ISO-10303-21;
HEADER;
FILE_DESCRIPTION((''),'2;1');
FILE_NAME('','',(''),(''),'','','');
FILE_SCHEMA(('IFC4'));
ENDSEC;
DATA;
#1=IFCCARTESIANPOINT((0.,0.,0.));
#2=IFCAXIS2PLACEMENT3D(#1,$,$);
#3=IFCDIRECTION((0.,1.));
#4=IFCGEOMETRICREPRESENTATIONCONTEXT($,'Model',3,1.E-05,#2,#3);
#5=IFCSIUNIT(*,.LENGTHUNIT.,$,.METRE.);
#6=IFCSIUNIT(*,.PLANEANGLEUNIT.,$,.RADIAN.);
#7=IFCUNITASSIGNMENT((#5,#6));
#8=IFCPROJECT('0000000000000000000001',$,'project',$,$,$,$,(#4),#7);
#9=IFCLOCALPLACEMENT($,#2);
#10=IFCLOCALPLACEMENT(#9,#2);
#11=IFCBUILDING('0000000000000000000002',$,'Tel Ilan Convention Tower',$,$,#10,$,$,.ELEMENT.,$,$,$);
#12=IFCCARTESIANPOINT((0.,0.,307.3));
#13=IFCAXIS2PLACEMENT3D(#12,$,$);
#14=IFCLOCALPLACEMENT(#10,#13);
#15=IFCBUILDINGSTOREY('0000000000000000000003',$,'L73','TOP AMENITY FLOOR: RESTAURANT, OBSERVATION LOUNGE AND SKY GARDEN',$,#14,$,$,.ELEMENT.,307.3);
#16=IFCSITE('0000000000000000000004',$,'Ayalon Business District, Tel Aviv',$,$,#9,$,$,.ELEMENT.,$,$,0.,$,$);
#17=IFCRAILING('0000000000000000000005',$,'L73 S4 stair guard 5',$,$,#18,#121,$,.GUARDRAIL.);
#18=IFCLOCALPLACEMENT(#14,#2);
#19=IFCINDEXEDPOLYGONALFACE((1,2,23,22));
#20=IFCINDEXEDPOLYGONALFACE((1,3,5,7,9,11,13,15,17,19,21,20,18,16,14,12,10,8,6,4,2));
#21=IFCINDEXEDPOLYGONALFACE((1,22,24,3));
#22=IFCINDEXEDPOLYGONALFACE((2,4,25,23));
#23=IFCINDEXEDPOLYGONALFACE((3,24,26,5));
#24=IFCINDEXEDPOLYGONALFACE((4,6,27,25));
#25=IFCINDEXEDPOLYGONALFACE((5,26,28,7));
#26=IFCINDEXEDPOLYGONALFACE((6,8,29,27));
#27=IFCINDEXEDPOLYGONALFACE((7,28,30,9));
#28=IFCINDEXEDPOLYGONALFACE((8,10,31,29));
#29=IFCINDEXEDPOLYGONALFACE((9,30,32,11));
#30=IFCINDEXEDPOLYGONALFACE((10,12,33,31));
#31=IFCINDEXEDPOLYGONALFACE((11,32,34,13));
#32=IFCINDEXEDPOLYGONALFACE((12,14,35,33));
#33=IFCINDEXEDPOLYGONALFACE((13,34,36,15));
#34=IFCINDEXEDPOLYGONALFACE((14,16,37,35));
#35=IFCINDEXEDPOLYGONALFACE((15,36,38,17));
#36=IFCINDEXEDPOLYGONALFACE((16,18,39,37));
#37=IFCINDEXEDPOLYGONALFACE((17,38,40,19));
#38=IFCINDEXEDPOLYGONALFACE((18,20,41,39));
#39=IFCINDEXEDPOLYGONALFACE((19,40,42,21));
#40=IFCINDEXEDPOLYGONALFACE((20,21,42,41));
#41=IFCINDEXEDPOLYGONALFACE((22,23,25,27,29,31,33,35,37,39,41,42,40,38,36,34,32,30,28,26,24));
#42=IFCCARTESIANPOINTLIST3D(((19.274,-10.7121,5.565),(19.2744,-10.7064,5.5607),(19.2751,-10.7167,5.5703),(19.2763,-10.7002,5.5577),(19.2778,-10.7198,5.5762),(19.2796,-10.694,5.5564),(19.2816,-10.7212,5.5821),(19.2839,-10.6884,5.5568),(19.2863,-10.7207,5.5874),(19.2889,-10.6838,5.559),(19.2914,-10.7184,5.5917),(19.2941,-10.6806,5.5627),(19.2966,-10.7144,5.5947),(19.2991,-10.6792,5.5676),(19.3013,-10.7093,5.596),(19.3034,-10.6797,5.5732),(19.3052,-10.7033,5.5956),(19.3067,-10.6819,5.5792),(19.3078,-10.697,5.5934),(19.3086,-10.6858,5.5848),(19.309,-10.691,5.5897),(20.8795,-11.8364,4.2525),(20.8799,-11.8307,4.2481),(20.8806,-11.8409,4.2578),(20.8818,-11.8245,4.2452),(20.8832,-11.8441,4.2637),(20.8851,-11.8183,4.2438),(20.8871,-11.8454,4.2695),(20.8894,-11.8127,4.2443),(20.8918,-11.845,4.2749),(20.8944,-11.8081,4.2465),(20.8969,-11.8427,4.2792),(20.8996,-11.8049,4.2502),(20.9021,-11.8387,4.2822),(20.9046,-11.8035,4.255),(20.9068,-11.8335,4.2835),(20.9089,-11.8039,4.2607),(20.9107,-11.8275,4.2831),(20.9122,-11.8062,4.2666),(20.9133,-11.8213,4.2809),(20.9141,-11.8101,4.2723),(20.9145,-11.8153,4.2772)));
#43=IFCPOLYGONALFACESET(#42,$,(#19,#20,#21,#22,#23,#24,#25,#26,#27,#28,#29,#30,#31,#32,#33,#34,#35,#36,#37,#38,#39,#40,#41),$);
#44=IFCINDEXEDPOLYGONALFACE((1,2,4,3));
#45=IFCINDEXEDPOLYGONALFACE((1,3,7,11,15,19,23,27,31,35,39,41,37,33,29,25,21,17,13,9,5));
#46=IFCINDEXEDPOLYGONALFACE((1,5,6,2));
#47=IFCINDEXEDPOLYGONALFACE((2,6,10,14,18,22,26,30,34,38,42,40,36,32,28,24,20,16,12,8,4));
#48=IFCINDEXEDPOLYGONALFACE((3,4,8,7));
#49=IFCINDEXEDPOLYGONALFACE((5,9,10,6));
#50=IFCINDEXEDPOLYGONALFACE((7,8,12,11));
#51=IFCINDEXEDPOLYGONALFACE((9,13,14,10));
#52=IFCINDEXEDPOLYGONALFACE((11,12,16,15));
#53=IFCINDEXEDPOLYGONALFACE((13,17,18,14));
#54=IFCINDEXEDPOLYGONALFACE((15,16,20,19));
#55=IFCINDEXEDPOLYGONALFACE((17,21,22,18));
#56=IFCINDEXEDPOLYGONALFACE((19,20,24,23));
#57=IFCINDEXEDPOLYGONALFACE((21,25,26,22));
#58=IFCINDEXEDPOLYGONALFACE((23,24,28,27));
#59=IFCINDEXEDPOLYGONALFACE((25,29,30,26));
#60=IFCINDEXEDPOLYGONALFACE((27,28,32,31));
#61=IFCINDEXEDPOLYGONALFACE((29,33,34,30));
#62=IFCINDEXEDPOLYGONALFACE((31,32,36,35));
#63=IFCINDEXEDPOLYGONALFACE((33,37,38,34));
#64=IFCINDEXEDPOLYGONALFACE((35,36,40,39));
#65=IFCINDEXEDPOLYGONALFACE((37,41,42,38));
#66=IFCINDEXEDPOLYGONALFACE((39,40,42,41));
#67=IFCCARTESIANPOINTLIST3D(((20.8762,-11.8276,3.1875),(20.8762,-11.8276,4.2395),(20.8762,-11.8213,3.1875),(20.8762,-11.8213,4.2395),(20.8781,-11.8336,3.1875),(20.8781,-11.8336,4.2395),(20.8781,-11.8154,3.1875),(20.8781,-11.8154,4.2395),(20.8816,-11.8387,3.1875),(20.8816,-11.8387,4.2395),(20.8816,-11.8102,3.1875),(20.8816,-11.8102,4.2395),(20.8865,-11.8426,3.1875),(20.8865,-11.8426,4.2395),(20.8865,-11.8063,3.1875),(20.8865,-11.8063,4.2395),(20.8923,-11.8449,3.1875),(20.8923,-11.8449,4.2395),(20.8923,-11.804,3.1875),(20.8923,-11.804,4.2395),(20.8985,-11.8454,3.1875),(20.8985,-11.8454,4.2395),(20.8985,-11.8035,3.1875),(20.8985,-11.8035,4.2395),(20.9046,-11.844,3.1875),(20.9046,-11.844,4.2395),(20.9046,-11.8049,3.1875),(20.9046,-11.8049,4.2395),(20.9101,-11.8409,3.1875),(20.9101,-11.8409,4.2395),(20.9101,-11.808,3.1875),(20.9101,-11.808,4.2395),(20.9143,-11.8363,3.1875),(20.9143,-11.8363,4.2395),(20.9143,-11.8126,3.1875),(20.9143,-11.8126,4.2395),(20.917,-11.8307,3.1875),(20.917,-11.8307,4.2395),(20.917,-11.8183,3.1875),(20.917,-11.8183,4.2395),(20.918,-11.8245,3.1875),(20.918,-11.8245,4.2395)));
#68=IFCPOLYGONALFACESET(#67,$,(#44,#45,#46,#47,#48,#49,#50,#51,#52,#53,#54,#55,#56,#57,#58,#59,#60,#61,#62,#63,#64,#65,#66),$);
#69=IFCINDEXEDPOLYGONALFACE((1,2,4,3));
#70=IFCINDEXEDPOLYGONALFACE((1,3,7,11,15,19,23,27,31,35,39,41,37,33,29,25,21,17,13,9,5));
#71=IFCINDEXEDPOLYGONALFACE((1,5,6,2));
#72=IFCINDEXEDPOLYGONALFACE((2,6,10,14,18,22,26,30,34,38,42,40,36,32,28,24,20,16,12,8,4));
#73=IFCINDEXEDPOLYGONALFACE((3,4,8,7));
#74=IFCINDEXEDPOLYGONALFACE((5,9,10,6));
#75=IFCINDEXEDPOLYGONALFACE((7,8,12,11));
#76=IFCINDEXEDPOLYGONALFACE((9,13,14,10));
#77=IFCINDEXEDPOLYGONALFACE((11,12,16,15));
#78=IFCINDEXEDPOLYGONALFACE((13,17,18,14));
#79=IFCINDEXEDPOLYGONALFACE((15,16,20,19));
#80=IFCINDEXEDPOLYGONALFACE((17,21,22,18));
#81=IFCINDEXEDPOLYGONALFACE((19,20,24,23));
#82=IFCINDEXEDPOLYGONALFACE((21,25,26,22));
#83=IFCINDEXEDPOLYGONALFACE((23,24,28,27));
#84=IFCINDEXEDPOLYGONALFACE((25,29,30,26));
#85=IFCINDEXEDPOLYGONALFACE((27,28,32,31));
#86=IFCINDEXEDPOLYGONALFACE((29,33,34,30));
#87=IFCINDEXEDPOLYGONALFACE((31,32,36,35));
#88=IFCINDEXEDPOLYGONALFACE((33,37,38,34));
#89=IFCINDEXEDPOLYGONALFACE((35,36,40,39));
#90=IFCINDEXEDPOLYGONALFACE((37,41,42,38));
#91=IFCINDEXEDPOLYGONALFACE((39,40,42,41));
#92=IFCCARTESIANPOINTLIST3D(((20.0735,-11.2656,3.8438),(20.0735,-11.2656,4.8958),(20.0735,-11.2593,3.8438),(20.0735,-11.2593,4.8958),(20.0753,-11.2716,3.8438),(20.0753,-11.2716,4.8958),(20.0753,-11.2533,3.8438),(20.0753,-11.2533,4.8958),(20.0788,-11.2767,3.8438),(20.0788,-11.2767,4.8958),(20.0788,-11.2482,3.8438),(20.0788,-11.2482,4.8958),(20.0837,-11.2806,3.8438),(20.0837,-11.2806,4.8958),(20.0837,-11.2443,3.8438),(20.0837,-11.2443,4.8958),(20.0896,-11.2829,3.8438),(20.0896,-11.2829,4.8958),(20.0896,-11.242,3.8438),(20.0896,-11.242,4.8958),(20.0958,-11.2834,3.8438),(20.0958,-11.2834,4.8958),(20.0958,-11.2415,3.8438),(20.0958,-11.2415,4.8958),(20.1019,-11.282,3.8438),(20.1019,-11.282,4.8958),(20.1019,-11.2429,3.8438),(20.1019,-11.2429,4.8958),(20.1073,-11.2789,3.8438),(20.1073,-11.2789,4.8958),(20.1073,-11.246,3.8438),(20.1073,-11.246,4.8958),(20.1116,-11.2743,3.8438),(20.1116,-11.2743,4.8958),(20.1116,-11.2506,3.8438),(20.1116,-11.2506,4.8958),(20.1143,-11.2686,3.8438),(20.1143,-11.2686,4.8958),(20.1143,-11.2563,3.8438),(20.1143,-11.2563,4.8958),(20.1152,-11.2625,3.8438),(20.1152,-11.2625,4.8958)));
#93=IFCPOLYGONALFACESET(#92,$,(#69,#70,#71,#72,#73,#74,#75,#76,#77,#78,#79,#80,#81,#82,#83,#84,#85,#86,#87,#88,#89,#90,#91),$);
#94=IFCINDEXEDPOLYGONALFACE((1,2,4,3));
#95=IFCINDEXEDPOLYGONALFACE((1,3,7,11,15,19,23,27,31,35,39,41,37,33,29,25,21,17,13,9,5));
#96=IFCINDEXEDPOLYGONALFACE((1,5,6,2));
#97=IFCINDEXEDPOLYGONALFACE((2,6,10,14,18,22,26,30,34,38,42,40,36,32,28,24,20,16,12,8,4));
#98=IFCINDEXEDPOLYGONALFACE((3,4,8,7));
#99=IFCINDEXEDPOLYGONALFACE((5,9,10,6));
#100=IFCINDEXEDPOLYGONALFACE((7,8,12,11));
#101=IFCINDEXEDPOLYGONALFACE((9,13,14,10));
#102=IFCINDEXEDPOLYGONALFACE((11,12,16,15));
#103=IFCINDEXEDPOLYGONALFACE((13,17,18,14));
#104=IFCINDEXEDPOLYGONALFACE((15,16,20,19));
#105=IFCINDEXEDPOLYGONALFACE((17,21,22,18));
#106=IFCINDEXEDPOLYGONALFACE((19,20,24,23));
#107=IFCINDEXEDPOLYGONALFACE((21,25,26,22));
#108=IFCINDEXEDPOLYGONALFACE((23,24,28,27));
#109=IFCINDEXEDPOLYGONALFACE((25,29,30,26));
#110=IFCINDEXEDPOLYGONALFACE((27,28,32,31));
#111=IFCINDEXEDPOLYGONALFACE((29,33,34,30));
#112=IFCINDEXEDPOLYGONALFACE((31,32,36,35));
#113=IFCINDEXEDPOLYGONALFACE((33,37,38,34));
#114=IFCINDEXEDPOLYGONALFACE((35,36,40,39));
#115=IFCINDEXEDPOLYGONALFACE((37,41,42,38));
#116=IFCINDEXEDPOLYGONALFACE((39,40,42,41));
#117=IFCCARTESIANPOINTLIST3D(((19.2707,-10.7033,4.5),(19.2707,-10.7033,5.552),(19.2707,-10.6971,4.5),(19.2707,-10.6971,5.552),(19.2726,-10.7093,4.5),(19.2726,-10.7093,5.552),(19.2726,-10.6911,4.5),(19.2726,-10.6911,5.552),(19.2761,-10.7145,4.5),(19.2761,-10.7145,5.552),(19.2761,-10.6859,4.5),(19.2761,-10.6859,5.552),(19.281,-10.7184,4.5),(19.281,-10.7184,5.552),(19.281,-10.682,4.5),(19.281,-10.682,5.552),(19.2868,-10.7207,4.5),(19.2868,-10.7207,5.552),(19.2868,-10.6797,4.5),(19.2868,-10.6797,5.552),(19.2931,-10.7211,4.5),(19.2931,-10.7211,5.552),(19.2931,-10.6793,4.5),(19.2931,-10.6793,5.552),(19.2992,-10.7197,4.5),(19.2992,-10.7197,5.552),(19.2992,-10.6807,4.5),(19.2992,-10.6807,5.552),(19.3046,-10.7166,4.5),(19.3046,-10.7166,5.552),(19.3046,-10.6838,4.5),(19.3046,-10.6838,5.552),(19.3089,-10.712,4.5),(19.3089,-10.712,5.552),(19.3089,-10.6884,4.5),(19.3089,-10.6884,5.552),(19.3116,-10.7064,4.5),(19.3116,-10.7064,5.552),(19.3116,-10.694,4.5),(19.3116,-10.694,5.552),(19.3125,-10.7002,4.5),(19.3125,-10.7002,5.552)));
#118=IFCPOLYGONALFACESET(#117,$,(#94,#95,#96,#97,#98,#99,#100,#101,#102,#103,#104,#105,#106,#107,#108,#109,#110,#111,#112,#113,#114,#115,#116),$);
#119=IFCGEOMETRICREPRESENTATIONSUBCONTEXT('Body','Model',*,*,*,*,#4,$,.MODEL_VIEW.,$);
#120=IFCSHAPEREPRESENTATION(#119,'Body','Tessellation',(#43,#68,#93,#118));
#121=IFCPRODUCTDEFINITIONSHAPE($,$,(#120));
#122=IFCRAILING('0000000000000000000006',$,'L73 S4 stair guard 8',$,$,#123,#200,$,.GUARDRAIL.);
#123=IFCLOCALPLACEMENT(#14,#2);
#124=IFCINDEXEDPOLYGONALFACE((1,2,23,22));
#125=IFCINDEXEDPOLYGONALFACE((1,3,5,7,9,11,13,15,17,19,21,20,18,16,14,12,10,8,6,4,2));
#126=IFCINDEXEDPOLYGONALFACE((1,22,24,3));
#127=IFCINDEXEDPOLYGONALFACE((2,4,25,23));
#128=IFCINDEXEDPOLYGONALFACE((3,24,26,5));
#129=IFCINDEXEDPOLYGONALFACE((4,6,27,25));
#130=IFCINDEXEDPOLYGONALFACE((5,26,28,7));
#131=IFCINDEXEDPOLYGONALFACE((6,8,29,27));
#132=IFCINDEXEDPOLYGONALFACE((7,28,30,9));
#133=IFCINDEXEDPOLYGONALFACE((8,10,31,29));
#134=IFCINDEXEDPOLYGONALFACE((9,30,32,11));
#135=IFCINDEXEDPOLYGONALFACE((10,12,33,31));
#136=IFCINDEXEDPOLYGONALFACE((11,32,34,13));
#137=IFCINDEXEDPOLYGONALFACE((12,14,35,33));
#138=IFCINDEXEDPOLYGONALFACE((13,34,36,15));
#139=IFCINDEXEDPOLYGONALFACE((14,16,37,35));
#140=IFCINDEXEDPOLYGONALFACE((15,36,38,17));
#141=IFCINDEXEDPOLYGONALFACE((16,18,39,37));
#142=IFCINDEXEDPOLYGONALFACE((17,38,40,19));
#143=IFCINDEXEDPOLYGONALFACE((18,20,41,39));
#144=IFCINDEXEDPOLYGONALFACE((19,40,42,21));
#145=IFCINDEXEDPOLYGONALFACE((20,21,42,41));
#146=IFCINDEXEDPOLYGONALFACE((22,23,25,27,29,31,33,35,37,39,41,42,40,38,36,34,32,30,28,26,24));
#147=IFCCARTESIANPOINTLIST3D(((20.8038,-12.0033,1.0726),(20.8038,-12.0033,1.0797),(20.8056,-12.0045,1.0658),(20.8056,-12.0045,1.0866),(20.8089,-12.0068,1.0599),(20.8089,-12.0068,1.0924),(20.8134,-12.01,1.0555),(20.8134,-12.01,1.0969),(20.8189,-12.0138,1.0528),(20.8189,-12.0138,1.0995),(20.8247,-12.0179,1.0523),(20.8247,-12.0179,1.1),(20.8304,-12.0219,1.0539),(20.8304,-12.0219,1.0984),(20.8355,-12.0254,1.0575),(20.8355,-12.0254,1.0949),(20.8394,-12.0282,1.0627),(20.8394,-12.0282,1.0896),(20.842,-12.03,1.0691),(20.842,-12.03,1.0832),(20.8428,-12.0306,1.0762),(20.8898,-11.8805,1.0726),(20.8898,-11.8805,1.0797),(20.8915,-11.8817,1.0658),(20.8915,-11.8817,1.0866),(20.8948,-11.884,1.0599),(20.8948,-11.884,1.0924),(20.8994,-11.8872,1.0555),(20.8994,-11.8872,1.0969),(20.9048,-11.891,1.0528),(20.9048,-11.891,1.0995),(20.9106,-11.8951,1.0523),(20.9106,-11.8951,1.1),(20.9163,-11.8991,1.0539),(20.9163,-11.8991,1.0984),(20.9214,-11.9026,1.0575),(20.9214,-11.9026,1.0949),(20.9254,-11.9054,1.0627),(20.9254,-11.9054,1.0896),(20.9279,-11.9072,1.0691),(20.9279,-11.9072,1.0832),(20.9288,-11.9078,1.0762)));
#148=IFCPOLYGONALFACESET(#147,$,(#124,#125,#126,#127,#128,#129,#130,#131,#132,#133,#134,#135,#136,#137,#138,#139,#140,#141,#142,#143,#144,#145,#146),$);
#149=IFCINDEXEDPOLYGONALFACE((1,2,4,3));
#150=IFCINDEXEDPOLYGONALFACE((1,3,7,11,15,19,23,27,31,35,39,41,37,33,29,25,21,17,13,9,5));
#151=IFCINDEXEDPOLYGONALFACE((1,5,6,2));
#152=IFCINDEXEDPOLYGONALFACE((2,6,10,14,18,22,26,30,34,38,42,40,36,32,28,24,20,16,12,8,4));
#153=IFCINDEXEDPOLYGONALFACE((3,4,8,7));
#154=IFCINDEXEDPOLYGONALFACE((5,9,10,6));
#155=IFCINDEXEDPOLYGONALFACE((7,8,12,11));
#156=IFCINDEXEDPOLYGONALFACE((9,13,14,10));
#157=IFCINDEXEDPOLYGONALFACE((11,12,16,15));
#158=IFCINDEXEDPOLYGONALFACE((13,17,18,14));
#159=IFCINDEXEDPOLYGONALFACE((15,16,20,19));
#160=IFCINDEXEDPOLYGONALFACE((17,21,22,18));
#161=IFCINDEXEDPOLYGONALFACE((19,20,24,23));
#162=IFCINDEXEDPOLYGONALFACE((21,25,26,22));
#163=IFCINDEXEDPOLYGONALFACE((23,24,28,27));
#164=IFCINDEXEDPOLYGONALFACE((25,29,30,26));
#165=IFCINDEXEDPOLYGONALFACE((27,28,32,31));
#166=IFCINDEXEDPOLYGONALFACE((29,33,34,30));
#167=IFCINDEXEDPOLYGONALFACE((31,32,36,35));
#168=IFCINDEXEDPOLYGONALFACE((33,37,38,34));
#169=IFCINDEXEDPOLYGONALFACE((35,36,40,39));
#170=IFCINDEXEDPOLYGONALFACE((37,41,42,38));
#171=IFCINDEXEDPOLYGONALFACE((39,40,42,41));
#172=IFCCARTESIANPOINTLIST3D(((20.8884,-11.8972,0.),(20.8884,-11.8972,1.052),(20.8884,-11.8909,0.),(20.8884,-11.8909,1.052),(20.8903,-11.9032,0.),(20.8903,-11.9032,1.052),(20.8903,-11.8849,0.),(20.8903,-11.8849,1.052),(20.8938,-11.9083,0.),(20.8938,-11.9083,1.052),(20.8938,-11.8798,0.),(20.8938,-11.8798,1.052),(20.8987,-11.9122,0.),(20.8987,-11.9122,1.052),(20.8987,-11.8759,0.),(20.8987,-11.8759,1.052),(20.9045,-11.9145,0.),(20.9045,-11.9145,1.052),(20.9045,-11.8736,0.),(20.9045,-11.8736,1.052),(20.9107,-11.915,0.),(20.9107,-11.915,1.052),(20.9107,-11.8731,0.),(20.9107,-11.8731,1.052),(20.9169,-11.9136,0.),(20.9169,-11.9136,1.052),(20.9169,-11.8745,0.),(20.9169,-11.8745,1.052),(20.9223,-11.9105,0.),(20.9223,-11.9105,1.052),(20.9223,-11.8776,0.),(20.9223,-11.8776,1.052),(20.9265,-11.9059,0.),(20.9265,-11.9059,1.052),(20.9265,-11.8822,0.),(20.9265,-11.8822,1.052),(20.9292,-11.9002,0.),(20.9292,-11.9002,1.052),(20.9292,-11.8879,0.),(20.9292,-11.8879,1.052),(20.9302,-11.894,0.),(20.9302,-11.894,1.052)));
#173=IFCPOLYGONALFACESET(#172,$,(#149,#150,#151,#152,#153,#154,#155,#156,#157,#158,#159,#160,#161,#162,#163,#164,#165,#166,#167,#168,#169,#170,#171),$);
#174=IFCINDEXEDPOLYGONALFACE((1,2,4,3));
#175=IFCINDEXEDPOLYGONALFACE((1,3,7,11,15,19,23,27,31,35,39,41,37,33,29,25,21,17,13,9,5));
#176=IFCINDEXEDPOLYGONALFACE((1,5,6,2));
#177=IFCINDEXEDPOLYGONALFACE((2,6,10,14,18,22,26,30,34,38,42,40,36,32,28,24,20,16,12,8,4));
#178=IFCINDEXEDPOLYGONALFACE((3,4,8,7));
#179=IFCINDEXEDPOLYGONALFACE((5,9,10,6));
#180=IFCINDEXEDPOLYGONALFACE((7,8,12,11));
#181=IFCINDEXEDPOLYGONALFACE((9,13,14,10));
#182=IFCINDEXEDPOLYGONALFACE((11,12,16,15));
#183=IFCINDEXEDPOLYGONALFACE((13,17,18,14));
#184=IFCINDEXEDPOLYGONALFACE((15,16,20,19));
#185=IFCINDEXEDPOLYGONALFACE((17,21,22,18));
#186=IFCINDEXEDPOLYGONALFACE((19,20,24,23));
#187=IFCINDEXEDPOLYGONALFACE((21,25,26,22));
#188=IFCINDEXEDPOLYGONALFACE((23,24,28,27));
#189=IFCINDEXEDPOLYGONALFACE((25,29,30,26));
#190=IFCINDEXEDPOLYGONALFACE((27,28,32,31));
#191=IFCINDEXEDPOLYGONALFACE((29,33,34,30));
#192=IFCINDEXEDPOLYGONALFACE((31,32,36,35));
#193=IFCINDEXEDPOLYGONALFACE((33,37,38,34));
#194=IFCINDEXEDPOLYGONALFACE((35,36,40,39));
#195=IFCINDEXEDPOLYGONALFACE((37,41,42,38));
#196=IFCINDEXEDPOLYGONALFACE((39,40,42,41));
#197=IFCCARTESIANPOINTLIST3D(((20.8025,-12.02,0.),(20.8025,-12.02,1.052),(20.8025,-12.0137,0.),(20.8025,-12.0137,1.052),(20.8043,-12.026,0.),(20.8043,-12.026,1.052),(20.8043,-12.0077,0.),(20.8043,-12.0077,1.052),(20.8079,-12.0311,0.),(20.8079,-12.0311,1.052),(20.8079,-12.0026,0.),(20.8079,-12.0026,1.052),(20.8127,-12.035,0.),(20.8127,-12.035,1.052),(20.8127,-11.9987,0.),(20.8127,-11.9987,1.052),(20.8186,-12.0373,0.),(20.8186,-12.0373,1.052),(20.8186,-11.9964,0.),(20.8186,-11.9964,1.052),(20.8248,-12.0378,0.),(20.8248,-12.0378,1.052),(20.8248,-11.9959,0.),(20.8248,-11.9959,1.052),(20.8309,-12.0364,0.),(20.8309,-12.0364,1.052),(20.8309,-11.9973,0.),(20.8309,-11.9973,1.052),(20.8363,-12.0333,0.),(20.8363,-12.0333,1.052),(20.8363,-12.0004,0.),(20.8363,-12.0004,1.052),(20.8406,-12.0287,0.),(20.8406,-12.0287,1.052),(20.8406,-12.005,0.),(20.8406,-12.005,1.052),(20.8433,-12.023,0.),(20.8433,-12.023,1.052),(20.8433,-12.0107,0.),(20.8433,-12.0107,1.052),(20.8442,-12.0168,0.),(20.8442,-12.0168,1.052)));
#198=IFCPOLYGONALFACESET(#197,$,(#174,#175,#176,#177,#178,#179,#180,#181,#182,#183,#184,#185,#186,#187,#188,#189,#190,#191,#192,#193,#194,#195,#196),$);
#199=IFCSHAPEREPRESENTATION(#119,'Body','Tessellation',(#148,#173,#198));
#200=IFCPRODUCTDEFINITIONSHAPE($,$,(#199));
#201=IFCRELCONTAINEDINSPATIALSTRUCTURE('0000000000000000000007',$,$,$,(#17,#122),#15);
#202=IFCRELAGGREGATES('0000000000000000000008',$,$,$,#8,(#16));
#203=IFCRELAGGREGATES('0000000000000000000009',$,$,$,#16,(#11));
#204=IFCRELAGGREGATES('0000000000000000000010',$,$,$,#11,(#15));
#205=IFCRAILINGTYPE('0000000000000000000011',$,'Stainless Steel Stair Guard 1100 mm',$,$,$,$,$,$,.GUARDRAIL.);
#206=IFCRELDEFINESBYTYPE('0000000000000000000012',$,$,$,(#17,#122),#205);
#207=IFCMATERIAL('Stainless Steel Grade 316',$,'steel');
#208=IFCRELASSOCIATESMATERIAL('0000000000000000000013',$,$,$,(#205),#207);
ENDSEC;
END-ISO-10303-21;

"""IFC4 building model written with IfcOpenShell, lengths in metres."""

from ifc_helpers import new_model, si_unit, direction, frame, origin, origin_2d, place, context, subcontext, project, spatial, circle, extrude, material, type_object, element, save


model = new_model("IFC4")

# Units and contexts
model_context = context("Model", 3, precision=1e-05, world=origin(), true_north=direction((0.0, 1.0)))
body_context = subcontext(model_context, "Body", "Model", "MODEL_VIEW")
ifc_project = project(units=[si_unit("LENGTHUNIT", "METRE"), si_unit("PLANEANGLEUNIT", "RADIAN")], contexts=[model_context])

# Site, building, storey
site_placement = place(None, origin())
site = spatial("IfcSite", under=ifc_project, at=site_placement, Name="Ayalon Business District, Tel Aviv", CompositionType="ELEMENT", RefElevation=0.0)
building_placement = place(site_placement, origin())
building = spatial("IfcBuilding", under=site, at=building_placement, Name="Tel Ilan Convention Tower", CompositionType="ELEMENT")
storey_placement = place(building_placement, frame((0.0, 0.0, 307.3)))
storey = spatial("IfcBuildingStorey", under=building, at=storey_placement, Name="L73", Description="TOP AMENITY FLOOR: RESTAURANT, OBSERVATION LOUNGE AND SKY GARDEN", CompositionType="ELEMENT", Elevation=307.3)

# Railings
ifc_material_1 = material(Name="Stainless Steel Grade 316", Category="steel")
railing_type = type_object("IfcRailingType", Name="Stainless Steel Stair Guard 1100 mm", PredefinedType="GUARDRAIL", material=ifc_material_1)
railing_1_placement = place(storey_placement, frame((20.897, -11.8245, 3.1875)))
element("IfcRailing", 1, at=railing_1_placement, inside=storey, type_object=railing_type, Name="L73 S4 stair guard 5", PredefinedType="GUARDRAIL", context=body_context, shape_type="SweptSolid", body=[
    extrude(circle(Radius=0.0239, at=origin_2d()), frame((0.0, 0.0, 1.0762), z_axis=(-0.680616, 0.476617, 0.556416), x_axis=(-0.573613, -0.819127, 0.0)), (0.0, 0.0, 1.0), 2.3589),
    extrude(circle(Radius=0.021, at=origin_2d()), origin(), (0.0, 0.0, 1.0), 1.052),
    extrude(circle(Radius=0.021, at=origin_2d()), frame((-0.8027, 0.562, 0.6562)), (0.0, 0.0, 1.0), 1.052),
    extrude(circle(Radius=0.021, at=origin_2d()), frame((-1.6055, 1.1243, 1.3125)), (0.0, 0.0, 1.0), 1.052),
])
railing_2_placement = place(storey_placement, frame((20.9092, -11.894, 0.0)))
element("IfcRailing", 2, at=railing_2_placement, inside=storey, type_object=railing_type, Name="L73 S4 stair guard 8", PredefinedType="GUARDRAIL", context=body_context, shape_type="SweptSolid", body=[
    extrude(circle(Radius=0.0239, at=origin_2d()), frame((0.0, 0.0, 1.0762), z_axis=(-0.573353, -0.819308, 0.0), x_axis=(0.819308, -0.573353, 0.0)), (0.0, 0.0, 1.0), 0.1499),
    extrude(circle(Radius=0.021, at=origin_2d()), origin(), (0.0, 0.0, 1.0), 1.052),
    extrude(circle(Radius=0.021, at=origin_2d()), frame((-0.0859, -0.1228, 0.0)), (0.0, 0.0, 1.0), 1.052),
])

save(model, "model.ifc")
